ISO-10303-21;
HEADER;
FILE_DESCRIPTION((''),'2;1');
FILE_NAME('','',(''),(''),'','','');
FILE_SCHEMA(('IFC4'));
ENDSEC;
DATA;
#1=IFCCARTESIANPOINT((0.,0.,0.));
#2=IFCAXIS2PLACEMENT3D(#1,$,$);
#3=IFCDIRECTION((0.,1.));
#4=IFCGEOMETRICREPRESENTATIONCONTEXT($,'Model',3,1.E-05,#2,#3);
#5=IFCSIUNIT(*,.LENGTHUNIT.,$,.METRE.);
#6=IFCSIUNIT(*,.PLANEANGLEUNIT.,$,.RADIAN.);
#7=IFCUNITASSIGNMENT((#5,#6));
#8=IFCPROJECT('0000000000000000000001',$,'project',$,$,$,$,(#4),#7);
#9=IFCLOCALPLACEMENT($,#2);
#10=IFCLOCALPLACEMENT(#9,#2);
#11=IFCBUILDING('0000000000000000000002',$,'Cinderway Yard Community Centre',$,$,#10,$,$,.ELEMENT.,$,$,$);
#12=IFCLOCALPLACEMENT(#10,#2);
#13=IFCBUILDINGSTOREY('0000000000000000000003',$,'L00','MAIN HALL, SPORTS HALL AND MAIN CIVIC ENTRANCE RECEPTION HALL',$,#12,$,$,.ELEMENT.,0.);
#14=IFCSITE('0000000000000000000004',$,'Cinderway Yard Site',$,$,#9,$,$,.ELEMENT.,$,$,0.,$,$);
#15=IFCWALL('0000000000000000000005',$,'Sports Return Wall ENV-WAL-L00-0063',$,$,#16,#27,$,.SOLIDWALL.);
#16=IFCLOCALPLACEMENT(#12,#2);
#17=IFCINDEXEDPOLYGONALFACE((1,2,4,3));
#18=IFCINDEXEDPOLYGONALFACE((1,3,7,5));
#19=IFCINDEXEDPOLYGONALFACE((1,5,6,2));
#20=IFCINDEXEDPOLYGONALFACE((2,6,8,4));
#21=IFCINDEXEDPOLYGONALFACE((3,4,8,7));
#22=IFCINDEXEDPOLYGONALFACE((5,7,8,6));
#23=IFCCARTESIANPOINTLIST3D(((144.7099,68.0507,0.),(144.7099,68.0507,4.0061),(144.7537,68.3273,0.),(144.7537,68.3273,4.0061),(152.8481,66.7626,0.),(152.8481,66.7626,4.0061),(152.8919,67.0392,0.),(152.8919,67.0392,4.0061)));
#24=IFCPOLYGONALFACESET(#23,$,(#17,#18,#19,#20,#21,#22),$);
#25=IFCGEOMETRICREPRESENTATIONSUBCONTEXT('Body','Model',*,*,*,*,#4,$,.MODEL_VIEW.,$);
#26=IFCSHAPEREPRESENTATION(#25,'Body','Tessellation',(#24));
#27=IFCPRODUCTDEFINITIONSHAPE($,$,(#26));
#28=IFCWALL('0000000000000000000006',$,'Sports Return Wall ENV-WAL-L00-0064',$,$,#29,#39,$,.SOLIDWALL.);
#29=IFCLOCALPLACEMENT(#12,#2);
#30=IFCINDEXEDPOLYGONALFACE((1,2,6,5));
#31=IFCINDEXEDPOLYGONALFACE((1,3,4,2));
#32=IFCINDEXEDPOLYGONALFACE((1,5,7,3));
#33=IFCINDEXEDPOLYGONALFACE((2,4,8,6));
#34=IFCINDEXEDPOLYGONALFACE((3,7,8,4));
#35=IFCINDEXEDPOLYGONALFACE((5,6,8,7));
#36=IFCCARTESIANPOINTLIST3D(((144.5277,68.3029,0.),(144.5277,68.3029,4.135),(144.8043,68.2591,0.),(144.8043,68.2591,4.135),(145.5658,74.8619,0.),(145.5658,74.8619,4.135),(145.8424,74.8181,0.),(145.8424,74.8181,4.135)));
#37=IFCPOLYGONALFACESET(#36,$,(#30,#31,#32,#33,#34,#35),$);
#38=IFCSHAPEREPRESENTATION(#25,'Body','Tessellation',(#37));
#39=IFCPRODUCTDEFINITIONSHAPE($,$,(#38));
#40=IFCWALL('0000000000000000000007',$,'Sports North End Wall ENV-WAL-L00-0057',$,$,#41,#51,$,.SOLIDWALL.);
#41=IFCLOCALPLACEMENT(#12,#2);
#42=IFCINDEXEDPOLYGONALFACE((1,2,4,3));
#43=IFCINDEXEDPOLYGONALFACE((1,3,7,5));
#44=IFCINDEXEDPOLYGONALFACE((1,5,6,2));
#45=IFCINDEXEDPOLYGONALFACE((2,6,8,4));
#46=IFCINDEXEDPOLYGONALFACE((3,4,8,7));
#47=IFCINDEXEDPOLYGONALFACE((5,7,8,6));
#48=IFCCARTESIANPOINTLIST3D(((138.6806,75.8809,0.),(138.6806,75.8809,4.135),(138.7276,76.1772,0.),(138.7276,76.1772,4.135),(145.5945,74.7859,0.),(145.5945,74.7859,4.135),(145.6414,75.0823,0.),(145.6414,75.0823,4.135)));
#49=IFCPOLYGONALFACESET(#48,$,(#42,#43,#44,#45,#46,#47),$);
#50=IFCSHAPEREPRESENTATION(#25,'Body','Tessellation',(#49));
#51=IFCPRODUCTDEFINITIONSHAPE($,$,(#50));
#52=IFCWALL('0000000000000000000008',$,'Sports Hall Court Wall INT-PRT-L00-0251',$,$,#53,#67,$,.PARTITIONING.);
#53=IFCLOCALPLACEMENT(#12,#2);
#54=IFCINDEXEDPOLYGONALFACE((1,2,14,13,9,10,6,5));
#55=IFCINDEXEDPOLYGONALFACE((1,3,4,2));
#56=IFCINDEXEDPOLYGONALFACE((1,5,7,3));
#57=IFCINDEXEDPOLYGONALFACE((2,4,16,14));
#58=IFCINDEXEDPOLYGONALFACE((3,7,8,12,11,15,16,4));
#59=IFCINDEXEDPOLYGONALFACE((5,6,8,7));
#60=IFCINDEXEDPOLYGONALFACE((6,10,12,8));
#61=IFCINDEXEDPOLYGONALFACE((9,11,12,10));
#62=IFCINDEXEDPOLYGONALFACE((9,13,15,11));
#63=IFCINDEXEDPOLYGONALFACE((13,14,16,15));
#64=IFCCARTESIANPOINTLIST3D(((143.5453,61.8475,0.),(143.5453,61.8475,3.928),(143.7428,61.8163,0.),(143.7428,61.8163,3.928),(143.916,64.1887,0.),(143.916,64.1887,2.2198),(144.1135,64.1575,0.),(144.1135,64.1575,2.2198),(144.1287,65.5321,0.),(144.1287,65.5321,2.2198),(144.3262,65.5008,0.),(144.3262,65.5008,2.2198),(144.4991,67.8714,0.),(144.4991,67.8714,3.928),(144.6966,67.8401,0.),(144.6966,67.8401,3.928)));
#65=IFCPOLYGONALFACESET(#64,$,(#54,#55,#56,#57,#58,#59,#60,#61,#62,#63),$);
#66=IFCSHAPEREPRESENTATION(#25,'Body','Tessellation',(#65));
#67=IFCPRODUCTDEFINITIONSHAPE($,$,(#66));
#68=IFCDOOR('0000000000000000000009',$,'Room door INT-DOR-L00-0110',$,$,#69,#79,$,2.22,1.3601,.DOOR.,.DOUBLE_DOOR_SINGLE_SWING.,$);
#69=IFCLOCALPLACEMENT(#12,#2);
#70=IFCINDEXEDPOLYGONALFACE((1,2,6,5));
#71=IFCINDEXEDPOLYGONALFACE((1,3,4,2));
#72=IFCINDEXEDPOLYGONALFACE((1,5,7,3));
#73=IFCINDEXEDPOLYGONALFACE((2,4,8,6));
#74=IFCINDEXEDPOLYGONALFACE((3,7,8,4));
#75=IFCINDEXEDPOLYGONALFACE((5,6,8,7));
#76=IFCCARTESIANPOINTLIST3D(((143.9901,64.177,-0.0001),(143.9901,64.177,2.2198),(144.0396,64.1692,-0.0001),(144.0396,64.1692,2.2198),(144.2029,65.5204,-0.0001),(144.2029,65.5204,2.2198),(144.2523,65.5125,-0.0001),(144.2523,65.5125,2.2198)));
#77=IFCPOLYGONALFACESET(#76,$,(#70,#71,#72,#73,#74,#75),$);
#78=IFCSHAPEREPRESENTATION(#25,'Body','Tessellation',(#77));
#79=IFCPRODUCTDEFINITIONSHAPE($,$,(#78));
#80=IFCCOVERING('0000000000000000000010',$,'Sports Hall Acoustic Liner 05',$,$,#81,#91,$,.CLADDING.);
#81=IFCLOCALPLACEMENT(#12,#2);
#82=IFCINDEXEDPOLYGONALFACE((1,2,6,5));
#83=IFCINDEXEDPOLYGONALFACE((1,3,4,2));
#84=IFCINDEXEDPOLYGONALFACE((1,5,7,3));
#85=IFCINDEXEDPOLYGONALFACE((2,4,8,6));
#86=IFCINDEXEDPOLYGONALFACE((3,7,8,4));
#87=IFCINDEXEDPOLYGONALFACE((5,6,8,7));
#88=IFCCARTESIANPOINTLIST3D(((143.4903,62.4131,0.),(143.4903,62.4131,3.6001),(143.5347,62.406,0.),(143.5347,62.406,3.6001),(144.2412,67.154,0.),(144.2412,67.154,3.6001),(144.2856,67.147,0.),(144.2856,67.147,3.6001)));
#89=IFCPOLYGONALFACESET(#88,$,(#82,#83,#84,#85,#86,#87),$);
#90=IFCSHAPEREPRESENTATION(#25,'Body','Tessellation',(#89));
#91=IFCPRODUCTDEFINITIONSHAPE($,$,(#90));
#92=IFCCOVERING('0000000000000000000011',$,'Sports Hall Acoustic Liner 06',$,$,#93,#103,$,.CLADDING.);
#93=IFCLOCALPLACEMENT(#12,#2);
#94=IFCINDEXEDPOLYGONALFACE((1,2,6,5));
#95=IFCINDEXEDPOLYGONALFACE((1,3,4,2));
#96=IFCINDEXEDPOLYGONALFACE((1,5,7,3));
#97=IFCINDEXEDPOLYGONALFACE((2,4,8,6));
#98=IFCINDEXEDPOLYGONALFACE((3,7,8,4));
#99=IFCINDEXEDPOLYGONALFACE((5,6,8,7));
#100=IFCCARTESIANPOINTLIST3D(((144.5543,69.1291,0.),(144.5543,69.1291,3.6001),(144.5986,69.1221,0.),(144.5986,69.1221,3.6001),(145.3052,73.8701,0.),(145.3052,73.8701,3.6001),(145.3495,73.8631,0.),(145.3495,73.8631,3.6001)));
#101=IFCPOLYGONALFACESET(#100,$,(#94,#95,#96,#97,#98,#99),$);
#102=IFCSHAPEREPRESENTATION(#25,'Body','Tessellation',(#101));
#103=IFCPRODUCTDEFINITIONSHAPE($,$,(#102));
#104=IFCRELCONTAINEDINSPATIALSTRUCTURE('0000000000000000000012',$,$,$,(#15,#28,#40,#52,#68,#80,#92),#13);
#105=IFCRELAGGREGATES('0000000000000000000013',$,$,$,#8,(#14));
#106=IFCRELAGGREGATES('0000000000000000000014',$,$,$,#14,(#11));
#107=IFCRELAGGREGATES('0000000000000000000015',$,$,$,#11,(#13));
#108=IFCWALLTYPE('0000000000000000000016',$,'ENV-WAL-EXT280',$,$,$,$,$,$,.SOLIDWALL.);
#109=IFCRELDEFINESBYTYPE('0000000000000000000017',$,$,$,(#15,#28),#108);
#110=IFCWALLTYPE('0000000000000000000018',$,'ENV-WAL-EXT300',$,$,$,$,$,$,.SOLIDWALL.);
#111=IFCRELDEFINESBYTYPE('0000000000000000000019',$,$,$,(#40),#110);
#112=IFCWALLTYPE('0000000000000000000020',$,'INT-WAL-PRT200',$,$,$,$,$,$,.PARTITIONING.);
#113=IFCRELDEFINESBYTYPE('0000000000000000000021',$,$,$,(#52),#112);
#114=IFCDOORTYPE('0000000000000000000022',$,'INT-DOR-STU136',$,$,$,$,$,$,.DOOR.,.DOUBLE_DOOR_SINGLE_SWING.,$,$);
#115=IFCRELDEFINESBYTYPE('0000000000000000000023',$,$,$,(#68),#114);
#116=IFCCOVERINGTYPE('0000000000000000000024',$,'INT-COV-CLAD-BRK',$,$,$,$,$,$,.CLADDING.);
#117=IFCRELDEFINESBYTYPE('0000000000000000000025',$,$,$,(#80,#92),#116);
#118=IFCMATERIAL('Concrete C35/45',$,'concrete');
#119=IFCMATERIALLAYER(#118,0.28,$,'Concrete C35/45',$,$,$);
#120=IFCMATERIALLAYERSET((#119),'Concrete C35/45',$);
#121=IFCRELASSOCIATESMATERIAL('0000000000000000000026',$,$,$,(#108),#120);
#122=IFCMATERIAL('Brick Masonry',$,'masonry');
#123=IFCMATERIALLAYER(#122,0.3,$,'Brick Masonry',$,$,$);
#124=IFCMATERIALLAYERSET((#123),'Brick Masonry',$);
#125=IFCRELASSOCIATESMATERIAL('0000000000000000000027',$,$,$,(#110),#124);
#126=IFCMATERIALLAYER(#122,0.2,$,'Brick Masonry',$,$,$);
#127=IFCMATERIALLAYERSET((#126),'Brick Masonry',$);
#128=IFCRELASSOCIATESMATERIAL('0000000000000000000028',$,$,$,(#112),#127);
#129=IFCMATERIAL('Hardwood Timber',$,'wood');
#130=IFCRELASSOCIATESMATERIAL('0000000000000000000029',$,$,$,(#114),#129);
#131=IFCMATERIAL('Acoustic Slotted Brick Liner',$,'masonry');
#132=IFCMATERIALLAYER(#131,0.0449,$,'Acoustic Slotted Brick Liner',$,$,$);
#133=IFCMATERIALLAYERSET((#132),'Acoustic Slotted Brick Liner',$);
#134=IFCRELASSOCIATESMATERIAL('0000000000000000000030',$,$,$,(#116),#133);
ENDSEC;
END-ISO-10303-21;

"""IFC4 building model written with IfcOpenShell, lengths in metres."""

from ifc_helpers import new_model, si_unit, direction, frame, frame_2d, origin, origin_2d, place, context, subcontext, project, spatial, rectangle, extrude, material, layer, layer_set, type_object, element, fill, save


model = new_model("IFC4")

# Units and contexts
model_context = context("Model", 3, precision=1e-05, world=origin(), true_north=direction((0.0, 1.0)))
body_context = subcontext(model_context, "Body", "Model", "MODEL_VIEW")
ifc_project = project(units=[si_unit("LENGTHUNIT", "METRE"), si_unit("PLANEANGLEUNIT", "RADIAN")], contexts=[model_context])

# Site, building, storey
site_placement = place(None, origin())
site = spatial("IfcSite", under=ifc_project, at=site_placement, Name="Cinderway Yard Site", CompositionType="ELEMENT", RefElevation=0.0)
building_placement = place(site_placement, origin())
building = spatial("IfcBuilding", under=site, at=building_placement, Name="Cinderway Yard Community Centre", CompositionType="ELEMENT")
storey_placement = place(building_placement, origin())
storey = spatial("IfcBuildingStorey", under=building, at=storey_placement, Name="L00", Description="MAIN HALL, SPORTS HALL AND MAIN CIVIC ENTRANCE RECEPTION HALL", CompositionType="ELEMENT", Elevation=0.0)

# Walls
ifc_material_1 = material(Name="Concrete C35/45", Category="concrete")
ifc_layer_1 = layer(ifc_material_1, 0.28, Name="Concrete C35/45")
ifc_layer_set_1 = layer_set([ifc_layer_1], Name="Concrete C35/45")
wall_type_1 = type_object("IfcWallType", Name="ENV-WAL-EXT280", PredefinedType="SOLIDWALL", material=ifc_layer_set_1)
wall_1_placement = place(storey_placement, frame((144.7319, 68.189, 0.0), z_axis=(0.0, 0.0, 1.0), x_axis=(0.987705, -0.156331, 0.0)))
element("IfcWall", 1, at=wall_1_placement, inside=storey, type_object=wall_type_1, Name="Sports Return Wall ENV-WAL-L00-0063", PredefinedType="SOLIDWALL", context=body_context, shape_type="SweptSolid", body=[
    extrude(rectangle(XDim=8.2395, YDim=0.28, at=frame_2d((4.1196, 0.0))), origin(), (0.0, 0.0, 1.0), 4.0061),
])
wall_2_placement = place(storey_placement, frame((144.666, 68.281, 0.0), z_axis=(0.0, 0.0, 1.0), x_axis=(0.156321, 0.987706, 0.0)))
element("IfcWall", 2, at=wall_2_placement, inside=storey, type_object=wall_type_1, Name="Sports Return Wall ENV-WAL-L00-0064", PredefinedType="SOLIDWALL", context=body_context, shape_type="SweptSolid", body=[
    extrude(rectangle(XDim=6.6406, YDim=0.28, at=frame_2d((3.3203, 0.0))), origin(), (0.0, 0.0, 1.0), 4.135),
])
ifc_material_2 = material(Name="Brick Masonry", Category="masonry")
ifc_layer_2 = layer(ifc_material_2, 0.3, Name="Brick Masonry")
ifc_layer_set_2 = layer_set([ifc_layer_2], Name="Brick Masonry")
wall_type_2 = type_object("IfcWallType", Name="ENV-WAL-EXT300", PredefinedType="SOLIDWALL", material=ifc_layer_set_2)
wall_3_placement = place(storey_placement, frame((138.7041, 76.0291, 0.0), z_axis=(0.0, 0.0, 1.0), x_axis=(0.98769, -0.156425, 0.0)))
element("IfcWall", 3, at=wall_3_placement, inside=storey, type_object=wall_type_2, Name="Sports North End Wall ENV-WAL-L00-0057", PredefinedType="SOLIDWALL", context=body_context, shape_type="SweptSolid", body=[
    extrude(rectangle(XDim=7.0, YDim=0.3, at=frame_2d((3.5, 0.0))), origin(), (0.0, 0.0, 1.0), 4.135),
])

# Wall, opening, door
ifc_layer_3 = layer(ifc_material_2, 0.2, Name="Brick Masonry")
ifc_layer_set_3 = layer_set([ifc_layer_3], Name="Brick Masonry")
wall_type_3 = type_object("IfcWallType", Name="INT-WAL-PRT200", PredefinedType="PARTITIONING", material=ifc_layer_set_3)
wall_4_placement = place(storey_placement, frame((143.644, 61.832, 0.0), z_axis=(0.0, 0.0, 1.0), x_axis=(0.156396, 0.987694, 0.0)))
wall_4 = element("IfcWall", 4, at=wall_4_placement, inside=storey, type_object=wall_type_3, Name="Sports Hall Court Wall INT-PRT-L00-0251", PredefinedType="PARTITIONING", context=body_context, shape_type="SweptSolid", body=[
    extrude(rectangle(XDim=6.0989, YDim=0.2, at=frame_2d((3.0493, 0.0))), origin(), (0.0, 0.0, 1.0), 3.928),
])
opening_placement = place(wall_4_placement, frame((2.3701, 0.0, 0.0)))
opening = element("IfcOpeningElement", 5, at=opening_placement, cuts=wall_4, PredefinedType="OPENING", context=body_context, shape_type="SweptSolid", body=[
    extrude(rectangle(XDim=1.3601, YDim=2.22, at=frame_2d((0.6802, 1.1099))), frame((0.0, 0.1099, 0.0), z_axis=(0.0, -1.0, 0.0), x_axis=(1.0, 0.0, 0.0)), (0.0, 0.0, 1.0), 0.22),
])
ifc_material_3 = material(Name="Hardwood Timber", Category="wood")
door_type = type_object("IfcDoorType", Name="INT-DOR-STU136", OperationType="DOUBLE_DOOR_SINGLE_SWING", PredefinedType="DOOR", material=ifc_material_3)
door_placement = place(opening_placement, origin())
door = element("IfcDoor", 6, at=door_placement, inside=storey, type_object=door_type, Name="Room door INT-DOR-L00-0110", OperationType="DOUBLE_DOOR_SINGLE_SWING", OverallHeight=2.22, OverallWidth=1.3601, PredefinedType="DOOR", context=body_context, shape_type="SweptSolid", body=[
    extrude(rectangle(XDim=1.3601, YDim=2.22, at=frame_2d((0.6802, 1.1099))), frame((0.0, 0.0249, 0.0), z_axis=(0.0, -1.0, 0.0), x_axis=(1.0, 0.0, 0.0)), (0.0, 0.0, 1.0), 0.05),
])
fill(opening, door)

# Coverings
ifc_material_4 = material(Name="Acoustic Slotted Brick Liner", Category="masonry")
ifc_layer_4 = layer(ifc_material_4, 0.0449, Name="Acoustic Slotted Brick Liner")
ifc_layer_set_4 = layer_set([ifc_layer_4], Name="Acoustic Slotted Brick Liner")
covering_type = type_object("IfcCoveringType", Name="INT-COV-CLAD-BRK", PredefinedType="CLADDING", material=ifc_layer_set_4)
for number, where, z_axis, x_axis, name in (
    (7, (143.8879, 64.78, 0.0), (0.0, 0.0, 1.0), (0.987688, -0.156434, 0.0), "Sports Hall Acoustic Liner 05"),
    (8, (144.9519, 71.4961, 0.0), (0.0, 0.0, 1.0), (0.987688, -0.156434, 0.0), "Sports Hall Acoustic Liner 06"),
):
    element("IfcCovering", number, at=place(storey_placement, frame(where, z_axis=z_axis, x_axis=x_axis)), inside=storey, type_object=covering_type, Name=name, PredefinedType="CLADDING", context=body_context, shape_type="SweptSolid", body=[
        extrude(rectangle(XDim=0.0449, YDim=4.8, at=origin_2d()), origin(), (0.0, 0.0, 1.0), 3.6001),
    ])

save(model, "model.ifc")
